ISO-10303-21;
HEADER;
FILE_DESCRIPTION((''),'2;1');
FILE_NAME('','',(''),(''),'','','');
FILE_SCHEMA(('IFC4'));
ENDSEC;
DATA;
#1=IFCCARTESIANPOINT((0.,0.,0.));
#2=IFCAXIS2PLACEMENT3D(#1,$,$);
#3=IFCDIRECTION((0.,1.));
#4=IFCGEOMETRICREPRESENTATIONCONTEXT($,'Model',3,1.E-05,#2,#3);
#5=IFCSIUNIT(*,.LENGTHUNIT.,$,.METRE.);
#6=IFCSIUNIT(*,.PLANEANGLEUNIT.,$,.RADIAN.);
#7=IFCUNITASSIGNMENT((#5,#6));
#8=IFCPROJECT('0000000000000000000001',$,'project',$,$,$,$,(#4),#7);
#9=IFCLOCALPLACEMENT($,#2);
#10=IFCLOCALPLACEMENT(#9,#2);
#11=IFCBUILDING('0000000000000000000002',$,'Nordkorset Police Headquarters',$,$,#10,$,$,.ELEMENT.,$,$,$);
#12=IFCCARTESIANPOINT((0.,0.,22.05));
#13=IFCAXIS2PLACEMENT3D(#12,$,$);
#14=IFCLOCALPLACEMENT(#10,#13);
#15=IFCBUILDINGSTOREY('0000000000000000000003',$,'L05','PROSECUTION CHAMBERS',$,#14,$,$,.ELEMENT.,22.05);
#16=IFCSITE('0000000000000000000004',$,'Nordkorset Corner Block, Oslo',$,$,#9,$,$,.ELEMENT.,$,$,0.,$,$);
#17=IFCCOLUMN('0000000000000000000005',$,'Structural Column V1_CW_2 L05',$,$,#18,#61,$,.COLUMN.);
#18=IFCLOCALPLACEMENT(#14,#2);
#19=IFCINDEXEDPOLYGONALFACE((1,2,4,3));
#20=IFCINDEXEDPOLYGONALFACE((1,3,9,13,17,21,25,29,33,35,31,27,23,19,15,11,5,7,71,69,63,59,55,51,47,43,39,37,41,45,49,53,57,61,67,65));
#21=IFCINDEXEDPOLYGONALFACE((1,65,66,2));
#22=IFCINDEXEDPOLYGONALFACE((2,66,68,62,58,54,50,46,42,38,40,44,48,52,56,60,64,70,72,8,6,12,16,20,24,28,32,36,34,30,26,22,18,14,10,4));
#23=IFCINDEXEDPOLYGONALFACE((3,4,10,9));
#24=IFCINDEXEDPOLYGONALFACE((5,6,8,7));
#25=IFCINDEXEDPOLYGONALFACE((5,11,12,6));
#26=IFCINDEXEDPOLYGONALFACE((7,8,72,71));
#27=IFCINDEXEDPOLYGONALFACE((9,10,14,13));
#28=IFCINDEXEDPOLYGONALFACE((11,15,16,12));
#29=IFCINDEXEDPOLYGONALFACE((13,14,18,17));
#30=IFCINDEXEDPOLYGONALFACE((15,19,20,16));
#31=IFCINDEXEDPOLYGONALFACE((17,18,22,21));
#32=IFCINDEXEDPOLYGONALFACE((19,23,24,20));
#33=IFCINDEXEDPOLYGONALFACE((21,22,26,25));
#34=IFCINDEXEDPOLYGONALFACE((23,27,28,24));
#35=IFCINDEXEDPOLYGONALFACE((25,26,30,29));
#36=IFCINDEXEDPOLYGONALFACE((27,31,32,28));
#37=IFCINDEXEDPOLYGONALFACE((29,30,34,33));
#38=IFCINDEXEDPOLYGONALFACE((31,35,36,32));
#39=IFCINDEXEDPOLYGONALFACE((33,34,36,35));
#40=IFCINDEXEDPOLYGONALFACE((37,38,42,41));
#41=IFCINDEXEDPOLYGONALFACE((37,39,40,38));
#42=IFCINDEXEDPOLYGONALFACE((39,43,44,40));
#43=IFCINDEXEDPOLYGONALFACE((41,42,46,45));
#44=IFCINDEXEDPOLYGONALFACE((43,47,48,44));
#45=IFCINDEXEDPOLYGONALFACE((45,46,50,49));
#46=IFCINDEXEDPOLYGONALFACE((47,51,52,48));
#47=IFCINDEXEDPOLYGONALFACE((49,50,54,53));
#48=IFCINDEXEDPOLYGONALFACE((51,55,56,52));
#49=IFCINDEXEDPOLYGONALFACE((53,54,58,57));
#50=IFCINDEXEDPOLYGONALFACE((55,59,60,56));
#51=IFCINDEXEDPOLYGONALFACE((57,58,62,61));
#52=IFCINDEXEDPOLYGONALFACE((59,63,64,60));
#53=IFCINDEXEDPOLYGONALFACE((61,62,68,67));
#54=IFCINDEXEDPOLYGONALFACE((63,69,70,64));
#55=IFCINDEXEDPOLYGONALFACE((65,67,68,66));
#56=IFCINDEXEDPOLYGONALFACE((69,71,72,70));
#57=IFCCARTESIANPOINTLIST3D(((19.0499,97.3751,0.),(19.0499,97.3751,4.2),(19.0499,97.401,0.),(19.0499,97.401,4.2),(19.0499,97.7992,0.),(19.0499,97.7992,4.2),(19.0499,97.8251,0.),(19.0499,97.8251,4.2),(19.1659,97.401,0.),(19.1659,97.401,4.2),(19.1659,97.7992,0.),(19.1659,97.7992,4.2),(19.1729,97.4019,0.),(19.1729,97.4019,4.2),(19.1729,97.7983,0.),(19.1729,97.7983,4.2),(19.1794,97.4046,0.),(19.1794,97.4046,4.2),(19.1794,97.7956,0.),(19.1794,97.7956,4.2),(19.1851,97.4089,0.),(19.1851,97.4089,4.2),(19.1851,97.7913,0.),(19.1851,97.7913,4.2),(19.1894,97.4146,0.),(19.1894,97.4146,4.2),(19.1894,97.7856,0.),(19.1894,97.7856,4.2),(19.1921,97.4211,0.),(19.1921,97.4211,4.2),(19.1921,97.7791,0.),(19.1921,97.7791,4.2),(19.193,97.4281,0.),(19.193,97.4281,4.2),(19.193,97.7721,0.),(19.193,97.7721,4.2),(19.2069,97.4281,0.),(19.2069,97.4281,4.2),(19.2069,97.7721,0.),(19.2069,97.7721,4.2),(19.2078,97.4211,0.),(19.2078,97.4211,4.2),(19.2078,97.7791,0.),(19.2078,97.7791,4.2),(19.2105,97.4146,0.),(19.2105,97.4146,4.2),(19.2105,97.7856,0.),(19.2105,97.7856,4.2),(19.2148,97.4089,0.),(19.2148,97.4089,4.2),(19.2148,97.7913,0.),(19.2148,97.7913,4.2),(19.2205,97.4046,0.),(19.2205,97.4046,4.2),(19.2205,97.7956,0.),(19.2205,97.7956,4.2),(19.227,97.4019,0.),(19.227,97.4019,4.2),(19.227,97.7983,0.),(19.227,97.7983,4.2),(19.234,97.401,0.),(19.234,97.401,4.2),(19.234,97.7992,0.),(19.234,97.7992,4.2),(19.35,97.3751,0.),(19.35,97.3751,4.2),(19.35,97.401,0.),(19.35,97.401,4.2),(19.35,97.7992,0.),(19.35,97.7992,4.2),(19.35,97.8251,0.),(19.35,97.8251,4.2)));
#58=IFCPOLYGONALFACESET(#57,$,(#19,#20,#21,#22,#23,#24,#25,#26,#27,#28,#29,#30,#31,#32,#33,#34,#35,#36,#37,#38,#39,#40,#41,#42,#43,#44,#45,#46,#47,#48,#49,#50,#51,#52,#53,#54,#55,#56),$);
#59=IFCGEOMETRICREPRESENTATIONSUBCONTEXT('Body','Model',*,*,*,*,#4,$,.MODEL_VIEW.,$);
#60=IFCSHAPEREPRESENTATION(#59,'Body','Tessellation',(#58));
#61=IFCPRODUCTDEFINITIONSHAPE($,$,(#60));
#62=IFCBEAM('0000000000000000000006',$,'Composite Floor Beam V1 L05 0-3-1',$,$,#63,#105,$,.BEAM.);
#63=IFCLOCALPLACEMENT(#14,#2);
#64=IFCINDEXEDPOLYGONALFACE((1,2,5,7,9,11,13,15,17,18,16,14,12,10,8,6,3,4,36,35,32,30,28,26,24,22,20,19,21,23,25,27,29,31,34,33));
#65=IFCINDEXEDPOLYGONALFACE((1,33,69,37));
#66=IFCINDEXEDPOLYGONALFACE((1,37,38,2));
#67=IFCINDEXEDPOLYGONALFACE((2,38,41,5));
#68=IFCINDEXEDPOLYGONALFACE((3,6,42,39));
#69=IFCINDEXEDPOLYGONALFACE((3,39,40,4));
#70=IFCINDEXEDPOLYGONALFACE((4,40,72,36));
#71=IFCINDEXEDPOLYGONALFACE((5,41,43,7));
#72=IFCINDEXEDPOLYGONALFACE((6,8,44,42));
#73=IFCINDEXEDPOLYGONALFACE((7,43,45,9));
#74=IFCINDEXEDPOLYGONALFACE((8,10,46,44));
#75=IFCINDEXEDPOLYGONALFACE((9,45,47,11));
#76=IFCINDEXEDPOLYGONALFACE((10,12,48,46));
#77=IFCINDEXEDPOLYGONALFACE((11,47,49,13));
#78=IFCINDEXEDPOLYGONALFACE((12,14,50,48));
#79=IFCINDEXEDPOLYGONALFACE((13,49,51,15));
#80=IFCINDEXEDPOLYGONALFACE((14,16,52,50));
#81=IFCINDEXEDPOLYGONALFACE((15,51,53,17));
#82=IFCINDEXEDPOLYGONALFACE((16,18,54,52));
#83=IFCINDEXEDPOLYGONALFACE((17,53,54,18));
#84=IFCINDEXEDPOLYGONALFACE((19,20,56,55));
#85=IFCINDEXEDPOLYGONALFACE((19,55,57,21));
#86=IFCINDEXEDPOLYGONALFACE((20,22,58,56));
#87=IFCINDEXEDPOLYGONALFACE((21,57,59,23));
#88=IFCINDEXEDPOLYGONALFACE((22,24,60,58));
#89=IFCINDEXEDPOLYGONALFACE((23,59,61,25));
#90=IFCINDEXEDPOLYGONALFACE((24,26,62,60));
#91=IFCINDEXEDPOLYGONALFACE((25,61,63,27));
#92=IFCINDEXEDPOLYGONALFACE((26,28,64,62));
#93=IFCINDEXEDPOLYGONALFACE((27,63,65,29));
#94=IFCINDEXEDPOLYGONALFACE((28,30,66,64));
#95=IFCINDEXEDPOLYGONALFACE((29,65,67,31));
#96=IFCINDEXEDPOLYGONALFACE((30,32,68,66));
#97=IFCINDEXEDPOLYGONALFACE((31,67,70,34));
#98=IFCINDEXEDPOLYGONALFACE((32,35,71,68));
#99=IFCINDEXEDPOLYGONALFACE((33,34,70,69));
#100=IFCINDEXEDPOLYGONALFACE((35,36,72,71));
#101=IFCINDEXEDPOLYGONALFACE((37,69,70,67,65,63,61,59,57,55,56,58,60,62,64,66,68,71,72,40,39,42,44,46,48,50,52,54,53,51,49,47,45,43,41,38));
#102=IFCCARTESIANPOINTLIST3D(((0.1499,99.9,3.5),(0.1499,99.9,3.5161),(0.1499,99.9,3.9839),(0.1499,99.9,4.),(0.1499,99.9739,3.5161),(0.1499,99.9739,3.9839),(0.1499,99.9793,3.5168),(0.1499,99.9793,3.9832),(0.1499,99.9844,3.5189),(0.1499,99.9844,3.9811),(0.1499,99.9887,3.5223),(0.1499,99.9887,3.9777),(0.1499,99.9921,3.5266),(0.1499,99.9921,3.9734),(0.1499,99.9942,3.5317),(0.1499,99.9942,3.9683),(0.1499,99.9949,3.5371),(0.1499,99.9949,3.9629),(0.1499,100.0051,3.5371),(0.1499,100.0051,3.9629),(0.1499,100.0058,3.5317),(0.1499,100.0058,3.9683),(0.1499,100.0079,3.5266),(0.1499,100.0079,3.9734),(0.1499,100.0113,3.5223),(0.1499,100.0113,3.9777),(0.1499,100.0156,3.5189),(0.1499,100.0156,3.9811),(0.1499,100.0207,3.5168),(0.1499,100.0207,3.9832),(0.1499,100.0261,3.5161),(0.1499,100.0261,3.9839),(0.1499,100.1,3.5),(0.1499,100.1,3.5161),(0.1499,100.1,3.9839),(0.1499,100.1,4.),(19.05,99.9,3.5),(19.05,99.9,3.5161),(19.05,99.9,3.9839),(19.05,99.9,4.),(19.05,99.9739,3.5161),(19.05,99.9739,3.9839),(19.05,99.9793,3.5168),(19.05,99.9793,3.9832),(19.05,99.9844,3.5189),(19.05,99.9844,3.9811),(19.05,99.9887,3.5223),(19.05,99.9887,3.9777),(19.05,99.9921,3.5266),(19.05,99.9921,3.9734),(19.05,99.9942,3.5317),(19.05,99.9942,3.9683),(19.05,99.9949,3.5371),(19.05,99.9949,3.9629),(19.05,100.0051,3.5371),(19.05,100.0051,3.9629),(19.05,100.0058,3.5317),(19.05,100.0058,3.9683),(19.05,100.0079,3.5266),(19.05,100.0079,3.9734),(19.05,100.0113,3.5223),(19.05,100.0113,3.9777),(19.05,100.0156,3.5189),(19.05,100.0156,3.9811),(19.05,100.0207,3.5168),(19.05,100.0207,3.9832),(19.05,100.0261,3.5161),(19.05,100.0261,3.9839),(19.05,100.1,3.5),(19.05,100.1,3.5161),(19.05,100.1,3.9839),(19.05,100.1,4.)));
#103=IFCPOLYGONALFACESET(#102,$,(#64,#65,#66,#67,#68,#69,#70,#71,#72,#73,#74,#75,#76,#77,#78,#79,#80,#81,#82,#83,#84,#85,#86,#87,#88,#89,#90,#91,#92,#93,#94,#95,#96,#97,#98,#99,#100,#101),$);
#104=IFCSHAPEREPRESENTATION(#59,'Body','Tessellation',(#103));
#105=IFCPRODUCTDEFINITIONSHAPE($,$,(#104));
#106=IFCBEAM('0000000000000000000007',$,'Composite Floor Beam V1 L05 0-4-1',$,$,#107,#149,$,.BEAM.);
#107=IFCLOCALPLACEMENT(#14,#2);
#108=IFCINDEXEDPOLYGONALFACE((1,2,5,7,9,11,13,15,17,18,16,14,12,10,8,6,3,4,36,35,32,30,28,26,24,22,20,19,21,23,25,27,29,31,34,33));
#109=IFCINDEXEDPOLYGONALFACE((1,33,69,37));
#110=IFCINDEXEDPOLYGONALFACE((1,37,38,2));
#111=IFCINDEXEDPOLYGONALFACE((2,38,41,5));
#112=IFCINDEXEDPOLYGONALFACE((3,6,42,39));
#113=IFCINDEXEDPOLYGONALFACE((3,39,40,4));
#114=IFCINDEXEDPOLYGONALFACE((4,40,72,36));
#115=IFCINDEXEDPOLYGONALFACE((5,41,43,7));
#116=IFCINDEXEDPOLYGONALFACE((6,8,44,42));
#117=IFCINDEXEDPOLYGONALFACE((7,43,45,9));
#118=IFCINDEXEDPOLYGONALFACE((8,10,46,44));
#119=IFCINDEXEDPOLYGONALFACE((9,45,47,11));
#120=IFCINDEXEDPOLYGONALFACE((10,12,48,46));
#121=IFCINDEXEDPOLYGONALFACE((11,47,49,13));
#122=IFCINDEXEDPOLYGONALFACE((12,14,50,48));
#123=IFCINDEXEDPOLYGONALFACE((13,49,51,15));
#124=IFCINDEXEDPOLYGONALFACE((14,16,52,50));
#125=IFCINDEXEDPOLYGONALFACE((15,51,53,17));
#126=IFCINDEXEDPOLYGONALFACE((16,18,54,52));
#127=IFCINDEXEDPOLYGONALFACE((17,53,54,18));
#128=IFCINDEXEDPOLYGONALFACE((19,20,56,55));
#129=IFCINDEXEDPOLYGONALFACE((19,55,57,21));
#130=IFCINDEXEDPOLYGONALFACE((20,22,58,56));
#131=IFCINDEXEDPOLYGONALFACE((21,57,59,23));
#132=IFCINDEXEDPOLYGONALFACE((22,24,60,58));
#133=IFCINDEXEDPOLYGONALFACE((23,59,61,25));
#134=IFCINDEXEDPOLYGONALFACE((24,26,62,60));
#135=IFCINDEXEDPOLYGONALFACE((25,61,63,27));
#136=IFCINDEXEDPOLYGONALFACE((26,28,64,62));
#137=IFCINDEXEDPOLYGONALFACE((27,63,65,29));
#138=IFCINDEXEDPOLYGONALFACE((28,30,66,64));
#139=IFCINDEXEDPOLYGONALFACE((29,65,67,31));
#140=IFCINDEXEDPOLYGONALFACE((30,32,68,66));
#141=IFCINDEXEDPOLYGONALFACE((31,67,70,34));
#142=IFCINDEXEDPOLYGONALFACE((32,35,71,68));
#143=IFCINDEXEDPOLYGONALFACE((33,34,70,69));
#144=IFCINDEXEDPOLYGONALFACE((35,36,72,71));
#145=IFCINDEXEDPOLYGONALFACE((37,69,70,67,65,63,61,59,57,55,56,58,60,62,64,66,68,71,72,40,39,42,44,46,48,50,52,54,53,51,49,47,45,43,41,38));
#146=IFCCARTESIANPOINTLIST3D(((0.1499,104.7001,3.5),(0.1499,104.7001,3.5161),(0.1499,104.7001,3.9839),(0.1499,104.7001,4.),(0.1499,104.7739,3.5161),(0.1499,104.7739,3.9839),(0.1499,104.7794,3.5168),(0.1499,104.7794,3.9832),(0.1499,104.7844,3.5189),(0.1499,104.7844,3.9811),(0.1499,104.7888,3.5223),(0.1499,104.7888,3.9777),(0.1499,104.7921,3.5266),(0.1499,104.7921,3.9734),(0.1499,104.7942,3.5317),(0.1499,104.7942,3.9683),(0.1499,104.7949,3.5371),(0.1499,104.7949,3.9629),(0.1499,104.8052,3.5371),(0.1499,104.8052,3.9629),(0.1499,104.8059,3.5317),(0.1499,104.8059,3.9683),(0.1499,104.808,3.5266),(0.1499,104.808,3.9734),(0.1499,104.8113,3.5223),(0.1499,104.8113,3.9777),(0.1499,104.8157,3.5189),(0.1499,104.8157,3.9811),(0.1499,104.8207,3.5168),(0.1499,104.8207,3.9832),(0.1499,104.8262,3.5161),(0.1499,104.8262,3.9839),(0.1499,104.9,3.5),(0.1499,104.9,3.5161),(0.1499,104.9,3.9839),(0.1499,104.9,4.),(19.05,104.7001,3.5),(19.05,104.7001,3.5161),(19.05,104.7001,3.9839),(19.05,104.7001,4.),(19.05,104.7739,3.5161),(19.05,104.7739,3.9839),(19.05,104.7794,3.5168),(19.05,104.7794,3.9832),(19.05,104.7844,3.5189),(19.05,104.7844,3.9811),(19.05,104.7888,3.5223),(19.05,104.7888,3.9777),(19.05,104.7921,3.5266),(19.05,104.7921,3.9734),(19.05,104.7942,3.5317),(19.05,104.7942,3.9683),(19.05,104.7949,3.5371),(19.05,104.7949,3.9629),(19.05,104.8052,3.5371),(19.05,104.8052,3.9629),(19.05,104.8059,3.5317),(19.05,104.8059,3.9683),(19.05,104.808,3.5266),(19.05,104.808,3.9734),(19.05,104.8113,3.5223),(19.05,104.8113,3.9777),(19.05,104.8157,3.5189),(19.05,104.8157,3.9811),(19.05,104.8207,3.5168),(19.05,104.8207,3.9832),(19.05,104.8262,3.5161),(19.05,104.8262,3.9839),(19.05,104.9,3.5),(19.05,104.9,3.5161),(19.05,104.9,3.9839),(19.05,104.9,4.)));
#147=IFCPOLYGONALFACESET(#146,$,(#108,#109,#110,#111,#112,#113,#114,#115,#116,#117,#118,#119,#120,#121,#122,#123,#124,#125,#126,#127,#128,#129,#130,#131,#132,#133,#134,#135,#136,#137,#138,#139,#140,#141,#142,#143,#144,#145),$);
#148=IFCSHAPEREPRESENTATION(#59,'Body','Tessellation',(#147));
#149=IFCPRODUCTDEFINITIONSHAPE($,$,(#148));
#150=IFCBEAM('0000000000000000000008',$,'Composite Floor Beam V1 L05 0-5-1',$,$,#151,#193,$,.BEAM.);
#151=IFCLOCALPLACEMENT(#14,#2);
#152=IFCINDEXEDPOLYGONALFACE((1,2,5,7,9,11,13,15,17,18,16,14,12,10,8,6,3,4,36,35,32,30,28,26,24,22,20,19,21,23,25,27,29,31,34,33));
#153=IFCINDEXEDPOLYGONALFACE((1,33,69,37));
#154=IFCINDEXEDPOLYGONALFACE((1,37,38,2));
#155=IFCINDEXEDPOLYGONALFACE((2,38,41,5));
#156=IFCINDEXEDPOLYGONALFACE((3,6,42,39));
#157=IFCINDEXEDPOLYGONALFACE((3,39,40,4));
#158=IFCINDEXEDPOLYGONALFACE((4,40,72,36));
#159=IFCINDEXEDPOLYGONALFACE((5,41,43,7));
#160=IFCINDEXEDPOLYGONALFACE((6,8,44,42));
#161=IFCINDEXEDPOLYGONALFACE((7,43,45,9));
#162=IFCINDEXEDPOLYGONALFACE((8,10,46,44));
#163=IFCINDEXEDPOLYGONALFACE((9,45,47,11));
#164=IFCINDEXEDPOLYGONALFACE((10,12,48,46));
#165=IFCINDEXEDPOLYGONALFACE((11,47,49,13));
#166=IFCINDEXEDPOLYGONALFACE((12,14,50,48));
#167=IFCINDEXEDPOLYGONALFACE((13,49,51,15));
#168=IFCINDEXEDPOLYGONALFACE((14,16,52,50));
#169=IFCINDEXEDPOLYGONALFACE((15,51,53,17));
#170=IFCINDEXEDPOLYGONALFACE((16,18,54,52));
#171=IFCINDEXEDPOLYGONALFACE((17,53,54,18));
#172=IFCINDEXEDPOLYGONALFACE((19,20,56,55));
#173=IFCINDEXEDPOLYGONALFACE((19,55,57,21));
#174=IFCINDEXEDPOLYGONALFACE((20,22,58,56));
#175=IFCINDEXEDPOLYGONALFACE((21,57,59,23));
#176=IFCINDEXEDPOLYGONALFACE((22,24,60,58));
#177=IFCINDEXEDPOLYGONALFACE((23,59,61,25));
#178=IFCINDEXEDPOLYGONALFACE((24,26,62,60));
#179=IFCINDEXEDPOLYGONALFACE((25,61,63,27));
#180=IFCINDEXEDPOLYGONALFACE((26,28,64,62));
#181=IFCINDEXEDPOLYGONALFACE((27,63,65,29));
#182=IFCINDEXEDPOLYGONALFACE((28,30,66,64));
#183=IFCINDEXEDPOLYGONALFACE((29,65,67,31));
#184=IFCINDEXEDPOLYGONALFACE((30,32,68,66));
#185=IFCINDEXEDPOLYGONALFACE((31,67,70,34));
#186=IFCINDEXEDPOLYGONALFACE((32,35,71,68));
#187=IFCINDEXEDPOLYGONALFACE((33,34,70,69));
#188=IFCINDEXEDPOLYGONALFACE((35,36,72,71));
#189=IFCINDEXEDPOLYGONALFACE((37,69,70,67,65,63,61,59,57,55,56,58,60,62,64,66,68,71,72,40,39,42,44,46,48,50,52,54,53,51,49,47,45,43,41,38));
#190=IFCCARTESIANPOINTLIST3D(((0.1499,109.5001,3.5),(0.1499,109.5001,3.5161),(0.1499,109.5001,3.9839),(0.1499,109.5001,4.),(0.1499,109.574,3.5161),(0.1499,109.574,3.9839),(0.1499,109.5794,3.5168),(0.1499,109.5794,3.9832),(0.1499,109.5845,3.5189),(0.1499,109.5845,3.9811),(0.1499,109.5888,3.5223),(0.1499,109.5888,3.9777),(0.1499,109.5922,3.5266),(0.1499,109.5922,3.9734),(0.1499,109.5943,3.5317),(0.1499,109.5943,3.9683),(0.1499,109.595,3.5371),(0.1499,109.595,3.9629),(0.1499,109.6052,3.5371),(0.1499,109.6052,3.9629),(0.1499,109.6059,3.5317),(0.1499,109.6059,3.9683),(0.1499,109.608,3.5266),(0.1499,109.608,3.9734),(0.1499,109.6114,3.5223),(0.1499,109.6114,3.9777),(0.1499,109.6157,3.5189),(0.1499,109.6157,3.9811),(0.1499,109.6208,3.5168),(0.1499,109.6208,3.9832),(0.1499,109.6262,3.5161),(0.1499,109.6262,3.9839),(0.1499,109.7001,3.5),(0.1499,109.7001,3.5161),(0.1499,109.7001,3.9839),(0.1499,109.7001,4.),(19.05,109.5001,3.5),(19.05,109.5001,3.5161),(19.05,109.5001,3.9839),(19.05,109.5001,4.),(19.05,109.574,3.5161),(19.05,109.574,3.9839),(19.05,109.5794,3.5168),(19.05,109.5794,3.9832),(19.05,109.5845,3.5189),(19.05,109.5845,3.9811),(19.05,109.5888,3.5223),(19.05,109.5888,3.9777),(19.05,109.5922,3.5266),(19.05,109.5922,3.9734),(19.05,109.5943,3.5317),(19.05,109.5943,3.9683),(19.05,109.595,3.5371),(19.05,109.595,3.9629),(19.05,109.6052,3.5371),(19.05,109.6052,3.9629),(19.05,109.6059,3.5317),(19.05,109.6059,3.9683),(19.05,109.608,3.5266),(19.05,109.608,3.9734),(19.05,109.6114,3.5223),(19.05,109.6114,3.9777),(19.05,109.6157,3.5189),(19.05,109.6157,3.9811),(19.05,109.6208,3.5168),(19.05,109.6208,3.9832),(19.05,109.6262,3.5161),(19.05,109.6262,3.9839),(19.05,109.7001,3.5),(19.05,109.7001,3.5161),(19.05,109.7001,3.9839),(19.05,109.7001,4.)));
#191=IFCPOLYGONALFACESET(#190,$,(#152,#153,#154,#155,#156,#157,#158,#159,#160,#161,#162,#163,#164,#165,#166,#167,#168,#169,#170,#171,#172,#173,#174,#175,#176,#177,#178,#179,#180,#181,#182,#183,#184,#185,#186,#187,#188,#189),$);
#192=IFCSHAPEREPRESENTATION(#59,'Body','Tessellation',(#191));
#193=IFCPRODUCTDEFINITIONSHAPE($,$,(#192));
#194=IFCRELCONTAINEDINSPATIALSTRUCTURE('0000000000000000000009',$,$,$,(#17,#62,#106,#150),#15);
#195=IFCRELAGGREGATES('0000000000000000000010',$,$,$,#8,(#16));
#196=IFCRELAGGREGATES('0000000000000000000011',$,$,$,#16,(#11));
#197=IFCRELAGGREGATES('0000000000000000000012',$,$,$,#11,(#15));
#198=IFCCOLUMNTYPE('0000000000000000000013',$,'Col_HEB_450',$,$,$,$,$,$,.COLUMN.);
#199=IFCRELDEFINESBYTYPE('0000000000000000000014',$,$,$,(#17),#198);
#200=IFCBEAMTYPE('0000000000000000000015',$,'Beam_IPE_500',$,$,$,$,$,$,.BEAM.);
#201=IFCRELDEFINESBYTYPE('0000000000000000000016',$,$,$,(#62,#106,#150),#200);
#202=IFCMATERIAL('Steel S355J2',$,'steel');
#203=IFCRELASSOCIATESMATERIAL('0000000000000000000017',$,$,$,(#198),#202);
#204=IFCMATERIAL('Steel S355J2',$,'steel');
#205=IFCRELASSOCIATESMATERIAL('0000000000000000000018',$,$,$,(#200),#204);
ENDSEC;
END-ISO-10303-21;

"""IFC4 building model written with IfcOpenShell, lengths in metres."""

from ifc_helpers import new_model, si_unit, direction, frame, origin, origin_2d, place, context, subcontext, project, spatial, i_section, extrude, material, material_profile, profile_set, type_object, element, save


model = new_model("IFC4")

# Units and contexts
model_context = context("Model", 3, precision=1e-05, world=origin(), true_north=direction((0.0, 1.0)))
body_context = subcontext(model_context, "Body", "Model", "MODEL_VIEW")
ifc_project = project(units=[si_unit("LENGTHUNIT", "METRE"), si_unit("PLANEANGLEUNIT", "RADIAN")], contexts=[model_context])

# Site, building, storey
site_placement = place(None, origin())
site = spatial("IfcSite", under=ifc_project, at=site_placement, Name="Nordkorset Corner Block, Oslo", CompositionType="ELEMENT", RefElevation=0.0)
building_placement = place(site_placement, origin())
building = spatial("IfcBuilding", under=site, at=building_placement, Name="Nordkorset Police Headquarters", CompositionType="ELEMENT")
storey_placement = place(building_placement, frame((0.0, 0.0, 22.05)))
storey = spatial("IfcBuildingStorey", under=building, at=storey_placement, Name="L05", Description="PROSECUTION CHAMBERS", CompositionType="ELEMENT", Elevation=22.05)

# Column
ifc_material_1 = material(Name="Steel S355J2", Category="steel")
ifc_material_profile_1 = material_profile(ifc_material_1, i_section(OverallWidth=0.3, OverallDepth=0.45, WebThickness=0.0139, FlangeThickness=0.0259, FilletRadius=0.0271, at=origin_2d()), Name="HEB 450")
ifc_profile_set_1 = profile_set([ifc_material_profile_1], Name="Steel S355J2")
column_type = type_object("IfcColumnType", Name="Col_HEB_450", PredefinedType="COLUMN", material=ifc_profile_set_1)
column_placement = place(storey_placement, frame((19.2, 97.6001, 0.0), z_axis=(0.0, 0.0, 1.0), x_axis=(1.0, 0.0, 0.0)))
element("IfcColumn", 1, at=column_placement, inside=storey, type_object=column_type, Name="Structural Column V1_CW_2 L05", PredefinedType="COLUMN", context=body_context, shape_type="SweptSolid", body=[
    extrude(i_section(OverallWidth=0.3, OverallDepth=0.45, WebThickness=0.0139, FlangeThickness=0.0259, FilletRadius=0.0271, at=origin_2d()), origin(), (0.0, 0.0, 1.0), 4.2),
])

# Beams
ifc_material_2 = material(Name="Steel S355J2", Category="steel")
ifc_material_profile_2 = material_profile(ifc_material_2, i_section(OverallWidth=0.2, OverallDepth=0.5, WebThickness=0.0103, FlangeThickness=0.0161, FilletRadius=0.021, at=origin_2d()), Name="IPE 500")
ifc_profile_set_2 = profile_set([ifc_material_profile_2], Name="Steel S355J2")
beam_type_1 = type_object("IfcBeamType", Name="Beam_IPE_500", PredefinedType="BEAM", material=ifc_profile_set_2)
for number, where, z_axis, x_axis, name in (
    (2, (0.1499, 100.0, 3.75), (1.0, 0.0, 0.0), (0.0, 1.0, 0.0), "Composite Floor Beam V1 L05 0-3-1"),
    (3, (0.1499, 104.8, 3.75), (1.0, 0.0, 0.0), (0.0, 1.0, 0.0), "Composite Floor Beam V1 L05 0-4-1"),
    (4, (0.1499, 109.6001, 3.75), (1.0, 0.0, 0.0), (0.0, 1.0, 0.0), "Composite Floor Beam V1 L05 0-5-1"),
):
    element("IfcBeam", number, at=place(storey_placement, frame(where, z_axis=z_axis, x_axis=x_axis)), inside=storey, type_object=beam_type_1, Name=name, PredefinedType="BEAM", context=body_context, shape_type="SweptSolid", body=[
        extrude(i_section(OverallWidth=0.2, OverallDepth=0.5, WebThickness=0.0103, FlangeThickness=0.0161, FilletRadius=0.021, at=origin_2d()), origin(), (0.0, 0.0, 1.0), 18.9001),
    ])

save(model, "model.ifc")
